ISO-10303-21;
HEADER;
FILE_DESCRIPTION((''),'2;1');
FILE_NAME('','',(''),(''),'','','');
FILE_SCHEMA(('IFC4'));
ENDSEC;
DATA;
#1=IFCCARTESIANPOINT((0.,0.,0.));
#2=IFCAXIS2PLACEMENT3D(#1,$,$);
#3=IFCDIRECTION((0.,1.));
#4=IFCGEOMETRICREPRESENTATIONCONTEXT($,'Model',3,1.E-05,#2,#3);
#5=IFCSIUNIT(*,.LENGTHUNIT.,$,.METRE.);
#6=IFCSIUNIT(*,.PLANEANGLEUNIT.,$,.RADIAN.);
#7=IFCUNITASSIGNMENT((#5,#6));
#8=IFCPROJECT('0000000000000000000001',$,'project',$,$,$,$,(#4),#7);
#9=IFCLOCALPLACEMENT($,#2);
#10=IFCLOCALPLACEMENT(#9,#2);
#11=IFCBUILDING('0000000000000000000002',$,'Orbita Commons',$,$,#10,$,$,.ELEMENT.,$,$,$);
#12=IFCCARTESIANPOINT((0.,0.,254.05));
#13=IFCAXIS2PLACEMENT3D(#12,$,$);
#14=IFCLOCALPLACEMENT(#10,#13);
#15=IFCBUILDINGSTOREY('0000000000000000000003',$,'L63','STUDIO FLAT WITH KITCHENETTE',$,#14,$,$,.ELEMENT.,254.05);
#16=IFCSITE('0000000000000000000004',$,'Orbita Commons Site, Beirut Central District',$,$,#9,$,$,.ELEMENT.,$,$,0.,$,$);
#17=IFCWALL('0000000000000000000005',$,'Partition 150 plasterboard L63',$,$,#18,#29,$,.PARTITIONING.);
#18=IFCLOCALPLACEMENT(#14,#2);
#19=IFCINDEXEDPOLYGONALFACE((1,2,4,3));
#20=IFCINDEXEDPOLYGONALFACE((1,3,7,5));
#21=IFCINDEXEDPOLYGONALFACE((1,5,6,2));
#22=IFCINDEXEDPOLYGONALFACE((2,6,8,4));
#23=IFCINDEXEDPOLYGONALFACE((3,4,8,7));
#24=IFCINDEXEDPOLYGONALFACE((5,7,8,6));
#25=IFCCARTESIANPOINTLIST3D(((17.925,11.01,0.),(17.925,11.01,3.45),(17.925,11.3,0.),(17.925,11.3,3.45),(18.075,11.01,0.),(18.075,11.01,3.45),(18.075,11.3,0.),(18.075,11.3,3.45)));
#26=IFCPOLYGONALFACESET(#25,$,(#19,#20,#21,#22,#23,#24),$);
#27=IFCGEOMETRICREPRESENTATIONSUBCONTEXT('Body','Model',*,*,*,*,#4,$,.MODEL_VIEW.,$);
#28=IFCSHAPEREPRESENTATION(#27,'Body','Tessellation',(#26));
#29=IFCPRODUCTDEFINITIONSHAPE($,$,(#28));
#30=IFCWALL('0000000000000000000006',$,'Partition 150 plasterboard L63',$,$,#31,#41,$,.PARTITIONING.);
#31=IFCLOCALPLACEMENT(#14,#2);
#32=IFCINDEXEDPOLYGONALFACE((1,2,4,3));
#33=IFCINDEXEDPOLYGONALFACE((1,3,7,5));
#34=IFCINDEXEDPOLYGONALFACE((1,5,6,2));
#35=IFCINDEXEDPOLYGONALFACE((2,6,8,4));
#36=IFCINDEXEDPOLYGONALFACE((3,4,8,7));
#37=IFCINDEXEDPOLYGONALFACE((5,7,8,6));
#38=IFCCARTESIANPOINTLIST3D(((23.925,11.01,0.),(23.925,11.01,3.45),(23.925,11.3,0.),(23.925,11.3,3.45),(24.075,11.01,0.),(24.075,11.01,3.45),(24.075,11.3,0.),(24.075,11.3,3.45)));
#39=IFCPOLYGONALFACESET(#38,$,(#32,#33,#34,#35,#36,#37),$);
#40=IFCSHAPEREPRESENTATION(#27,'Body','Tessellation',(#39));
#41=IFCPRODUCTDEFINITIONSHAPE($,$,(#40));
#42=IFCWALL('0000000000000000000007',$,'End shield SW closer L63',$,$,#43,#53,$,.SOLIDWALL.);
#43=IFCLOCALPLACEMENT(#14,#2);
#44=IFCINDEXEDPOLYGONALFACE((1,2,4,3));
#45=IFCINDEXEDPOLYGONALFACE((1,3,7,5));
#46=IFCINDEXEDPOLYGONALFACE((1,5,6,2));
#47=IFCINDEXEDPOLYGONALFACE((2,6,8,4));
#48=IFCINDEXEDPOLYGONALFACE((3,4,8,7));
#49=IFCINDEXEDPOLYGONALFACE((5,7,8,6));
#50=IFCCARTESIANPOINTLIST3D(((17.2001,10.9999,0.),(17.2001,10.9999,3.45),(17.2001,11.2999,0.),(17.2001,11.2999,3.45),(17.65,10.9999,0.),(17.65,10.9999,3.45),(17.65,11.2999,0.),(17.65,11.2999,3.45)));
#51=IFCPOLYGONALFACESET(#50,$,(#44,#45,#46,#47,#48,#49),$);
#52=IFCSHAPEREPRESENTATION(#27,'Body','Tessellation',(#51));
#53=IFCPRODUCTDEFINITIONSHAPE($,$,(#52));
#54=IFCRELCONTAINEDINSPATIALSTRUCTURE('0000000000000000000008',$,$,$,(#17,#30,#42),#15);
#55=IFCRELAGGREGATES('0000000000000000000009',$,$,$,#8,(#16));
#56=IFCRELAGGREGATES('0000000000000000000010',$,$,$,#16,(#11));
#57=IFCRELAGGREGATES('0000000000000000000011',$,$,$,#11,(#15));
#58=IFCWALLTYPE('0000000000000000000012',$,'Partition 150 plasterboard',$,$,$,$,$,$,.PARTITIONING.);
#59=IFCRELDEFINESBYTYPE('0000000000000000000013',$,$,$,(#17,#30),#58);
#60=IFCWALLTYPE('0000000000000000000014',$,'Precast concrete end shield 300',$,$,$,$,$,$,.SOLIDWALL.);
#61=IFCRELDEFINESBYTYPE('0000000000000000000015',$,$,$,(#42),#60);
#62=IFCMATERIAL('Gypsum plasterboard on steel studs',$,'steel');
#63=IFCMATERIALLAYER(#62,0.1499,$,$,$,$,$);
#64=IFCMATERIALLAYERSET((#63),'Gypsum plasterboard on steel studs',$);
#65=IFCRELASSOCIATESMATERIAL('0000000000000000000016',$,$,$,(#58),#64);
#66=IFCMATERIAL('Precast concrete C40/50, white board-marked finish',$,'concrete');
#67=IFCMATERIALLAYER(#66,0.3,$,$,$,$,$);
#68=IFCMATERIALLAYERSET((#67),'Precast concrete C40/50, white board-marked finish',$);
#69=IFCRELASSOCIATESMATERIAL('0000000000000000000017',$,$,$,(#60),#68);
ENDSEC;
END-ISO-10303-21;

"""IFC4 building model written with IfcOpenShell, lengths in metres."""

from ifc_helpers import new_model, si_unit, direction, frame, frame_2d, origin, place, context, subcontext, project, spatial, rectangle, extrude, material, layer, layer_set, type_object, element, save


model = new_model("IFC4")

# Units and contexts
model_context = context("Model", 3, precision=1e-05, world=origin(), true_north=direction((0.0, 1.0)))
body_context = subcontext(model_context, "Body", "Model", "MODEL_VIEW")
ifc_project = project(units=[si_unit("LENGTHUNIT", "METRE"), si_unit("PLANEANGLEUNIT", "RADIAN")], contexts=[model_context])

# Site, building, storey
site_placement = place(None, origin())
site = spatial("IfcSite", under=ifc_project, at=site_placement, Name="Orbita Commons Site, Beirut Central District", CompositionType="ELEMENT", RefElevation=0.0)
building_placement = place(site_placement, origin())
building = spatial("IfcBuilding", under=site, at=building_placement, Name="Orbita Commons", CompositionType="ELEMENT")
storey_placement = place(building_placement, frame((0.0, 0.0, 254.05)))
storey = spatial("IfcBuildingStorey", under=building, at=storey_placement, Name="L63", Description="STUDIO FLAT WITH KITCHENETTE", CompositionType="ELEMENT", Elevation=254.05)

# Walls
ifc_material_1 = material(Name="Gypsum plasterboard on steel studs", Category="steel")
ifc_layer_1 = layer(ifc_material_1, 0.1499)
ifc_layer_set_1 = layer_set([ifc_layer_1], Name="Gypsum plasterboard on steel studs")
wall_type_1 = type_object("IfcWallType", Name="Partition 150 plasterboard", PredefinedType="PARTITIONING", material=ifc_layer_set_1)
for number, where, z_axis, x_axis, name in (
    (1, (18.0, 11.3, 0.0), (0.0, 0.0, 1.0), (0.0, -1.0, 0.0), "Partition 150 plasterboard L63"),
    (2, (24.0, 11.3, 0.0), (0.0, 0.0, 1.0), (0.0, -1.0, 0.0), "Partition 150 plasterboard L63"),
):
    element("IfcWall", number, at=place(storey_placement, frame(where, z_axis=z_axis, x_axis=x_axis)), inside=storey, type_object=wall_type_1, Name=name, PredefinedType="PARTITIONING", context=body_context, shape_type="SweptSolid", body=[
        extrude(rectangle(XDim=0.29, YDim=0.1499, at=frame_2d((0.145, 0.0))), origin(), (0.0, 0.0, 1.0), 3.45),
    ])
ifc_material_2 = material(Name="Precast concrete C40/50, white board-marked finish", Category="concrete")
ifc_layer_2 = layer(ifc_material_2, 0.3)
ifc_layer_set_2 = layer_set([ifc_layer_2], Name="Precast concrete C40/50, white board-marked finish")
wall_type_2 = type_object("IfcWallType", Name="Precast concrete end shield 300", PredefinedType="SOLIDWALL", material=ifc_layer_set_2)
wall_placement = place(storey_placement, frame((17.2, 11.1499, 0.0), z_axis=(0.0, 0.0, 1.0), x_axis=(1.0, 0.0, 0.0)))
element("IfcWall", 3, at=wall_placement, inside=storey, type_object=wall_type_2, Name="End shield SW closer L63", PredefinedType="SOLIDWALL", context=body_context, shape_type="SweptSolid", body=[
    extrude(rectangle(XDim=0.45, YDim=0.3, at=frame_2d((0.2251, 0.0))), origin(), (0.0, 0.0, 1.0), 3.45),
])

save(model, "model.ifc")
